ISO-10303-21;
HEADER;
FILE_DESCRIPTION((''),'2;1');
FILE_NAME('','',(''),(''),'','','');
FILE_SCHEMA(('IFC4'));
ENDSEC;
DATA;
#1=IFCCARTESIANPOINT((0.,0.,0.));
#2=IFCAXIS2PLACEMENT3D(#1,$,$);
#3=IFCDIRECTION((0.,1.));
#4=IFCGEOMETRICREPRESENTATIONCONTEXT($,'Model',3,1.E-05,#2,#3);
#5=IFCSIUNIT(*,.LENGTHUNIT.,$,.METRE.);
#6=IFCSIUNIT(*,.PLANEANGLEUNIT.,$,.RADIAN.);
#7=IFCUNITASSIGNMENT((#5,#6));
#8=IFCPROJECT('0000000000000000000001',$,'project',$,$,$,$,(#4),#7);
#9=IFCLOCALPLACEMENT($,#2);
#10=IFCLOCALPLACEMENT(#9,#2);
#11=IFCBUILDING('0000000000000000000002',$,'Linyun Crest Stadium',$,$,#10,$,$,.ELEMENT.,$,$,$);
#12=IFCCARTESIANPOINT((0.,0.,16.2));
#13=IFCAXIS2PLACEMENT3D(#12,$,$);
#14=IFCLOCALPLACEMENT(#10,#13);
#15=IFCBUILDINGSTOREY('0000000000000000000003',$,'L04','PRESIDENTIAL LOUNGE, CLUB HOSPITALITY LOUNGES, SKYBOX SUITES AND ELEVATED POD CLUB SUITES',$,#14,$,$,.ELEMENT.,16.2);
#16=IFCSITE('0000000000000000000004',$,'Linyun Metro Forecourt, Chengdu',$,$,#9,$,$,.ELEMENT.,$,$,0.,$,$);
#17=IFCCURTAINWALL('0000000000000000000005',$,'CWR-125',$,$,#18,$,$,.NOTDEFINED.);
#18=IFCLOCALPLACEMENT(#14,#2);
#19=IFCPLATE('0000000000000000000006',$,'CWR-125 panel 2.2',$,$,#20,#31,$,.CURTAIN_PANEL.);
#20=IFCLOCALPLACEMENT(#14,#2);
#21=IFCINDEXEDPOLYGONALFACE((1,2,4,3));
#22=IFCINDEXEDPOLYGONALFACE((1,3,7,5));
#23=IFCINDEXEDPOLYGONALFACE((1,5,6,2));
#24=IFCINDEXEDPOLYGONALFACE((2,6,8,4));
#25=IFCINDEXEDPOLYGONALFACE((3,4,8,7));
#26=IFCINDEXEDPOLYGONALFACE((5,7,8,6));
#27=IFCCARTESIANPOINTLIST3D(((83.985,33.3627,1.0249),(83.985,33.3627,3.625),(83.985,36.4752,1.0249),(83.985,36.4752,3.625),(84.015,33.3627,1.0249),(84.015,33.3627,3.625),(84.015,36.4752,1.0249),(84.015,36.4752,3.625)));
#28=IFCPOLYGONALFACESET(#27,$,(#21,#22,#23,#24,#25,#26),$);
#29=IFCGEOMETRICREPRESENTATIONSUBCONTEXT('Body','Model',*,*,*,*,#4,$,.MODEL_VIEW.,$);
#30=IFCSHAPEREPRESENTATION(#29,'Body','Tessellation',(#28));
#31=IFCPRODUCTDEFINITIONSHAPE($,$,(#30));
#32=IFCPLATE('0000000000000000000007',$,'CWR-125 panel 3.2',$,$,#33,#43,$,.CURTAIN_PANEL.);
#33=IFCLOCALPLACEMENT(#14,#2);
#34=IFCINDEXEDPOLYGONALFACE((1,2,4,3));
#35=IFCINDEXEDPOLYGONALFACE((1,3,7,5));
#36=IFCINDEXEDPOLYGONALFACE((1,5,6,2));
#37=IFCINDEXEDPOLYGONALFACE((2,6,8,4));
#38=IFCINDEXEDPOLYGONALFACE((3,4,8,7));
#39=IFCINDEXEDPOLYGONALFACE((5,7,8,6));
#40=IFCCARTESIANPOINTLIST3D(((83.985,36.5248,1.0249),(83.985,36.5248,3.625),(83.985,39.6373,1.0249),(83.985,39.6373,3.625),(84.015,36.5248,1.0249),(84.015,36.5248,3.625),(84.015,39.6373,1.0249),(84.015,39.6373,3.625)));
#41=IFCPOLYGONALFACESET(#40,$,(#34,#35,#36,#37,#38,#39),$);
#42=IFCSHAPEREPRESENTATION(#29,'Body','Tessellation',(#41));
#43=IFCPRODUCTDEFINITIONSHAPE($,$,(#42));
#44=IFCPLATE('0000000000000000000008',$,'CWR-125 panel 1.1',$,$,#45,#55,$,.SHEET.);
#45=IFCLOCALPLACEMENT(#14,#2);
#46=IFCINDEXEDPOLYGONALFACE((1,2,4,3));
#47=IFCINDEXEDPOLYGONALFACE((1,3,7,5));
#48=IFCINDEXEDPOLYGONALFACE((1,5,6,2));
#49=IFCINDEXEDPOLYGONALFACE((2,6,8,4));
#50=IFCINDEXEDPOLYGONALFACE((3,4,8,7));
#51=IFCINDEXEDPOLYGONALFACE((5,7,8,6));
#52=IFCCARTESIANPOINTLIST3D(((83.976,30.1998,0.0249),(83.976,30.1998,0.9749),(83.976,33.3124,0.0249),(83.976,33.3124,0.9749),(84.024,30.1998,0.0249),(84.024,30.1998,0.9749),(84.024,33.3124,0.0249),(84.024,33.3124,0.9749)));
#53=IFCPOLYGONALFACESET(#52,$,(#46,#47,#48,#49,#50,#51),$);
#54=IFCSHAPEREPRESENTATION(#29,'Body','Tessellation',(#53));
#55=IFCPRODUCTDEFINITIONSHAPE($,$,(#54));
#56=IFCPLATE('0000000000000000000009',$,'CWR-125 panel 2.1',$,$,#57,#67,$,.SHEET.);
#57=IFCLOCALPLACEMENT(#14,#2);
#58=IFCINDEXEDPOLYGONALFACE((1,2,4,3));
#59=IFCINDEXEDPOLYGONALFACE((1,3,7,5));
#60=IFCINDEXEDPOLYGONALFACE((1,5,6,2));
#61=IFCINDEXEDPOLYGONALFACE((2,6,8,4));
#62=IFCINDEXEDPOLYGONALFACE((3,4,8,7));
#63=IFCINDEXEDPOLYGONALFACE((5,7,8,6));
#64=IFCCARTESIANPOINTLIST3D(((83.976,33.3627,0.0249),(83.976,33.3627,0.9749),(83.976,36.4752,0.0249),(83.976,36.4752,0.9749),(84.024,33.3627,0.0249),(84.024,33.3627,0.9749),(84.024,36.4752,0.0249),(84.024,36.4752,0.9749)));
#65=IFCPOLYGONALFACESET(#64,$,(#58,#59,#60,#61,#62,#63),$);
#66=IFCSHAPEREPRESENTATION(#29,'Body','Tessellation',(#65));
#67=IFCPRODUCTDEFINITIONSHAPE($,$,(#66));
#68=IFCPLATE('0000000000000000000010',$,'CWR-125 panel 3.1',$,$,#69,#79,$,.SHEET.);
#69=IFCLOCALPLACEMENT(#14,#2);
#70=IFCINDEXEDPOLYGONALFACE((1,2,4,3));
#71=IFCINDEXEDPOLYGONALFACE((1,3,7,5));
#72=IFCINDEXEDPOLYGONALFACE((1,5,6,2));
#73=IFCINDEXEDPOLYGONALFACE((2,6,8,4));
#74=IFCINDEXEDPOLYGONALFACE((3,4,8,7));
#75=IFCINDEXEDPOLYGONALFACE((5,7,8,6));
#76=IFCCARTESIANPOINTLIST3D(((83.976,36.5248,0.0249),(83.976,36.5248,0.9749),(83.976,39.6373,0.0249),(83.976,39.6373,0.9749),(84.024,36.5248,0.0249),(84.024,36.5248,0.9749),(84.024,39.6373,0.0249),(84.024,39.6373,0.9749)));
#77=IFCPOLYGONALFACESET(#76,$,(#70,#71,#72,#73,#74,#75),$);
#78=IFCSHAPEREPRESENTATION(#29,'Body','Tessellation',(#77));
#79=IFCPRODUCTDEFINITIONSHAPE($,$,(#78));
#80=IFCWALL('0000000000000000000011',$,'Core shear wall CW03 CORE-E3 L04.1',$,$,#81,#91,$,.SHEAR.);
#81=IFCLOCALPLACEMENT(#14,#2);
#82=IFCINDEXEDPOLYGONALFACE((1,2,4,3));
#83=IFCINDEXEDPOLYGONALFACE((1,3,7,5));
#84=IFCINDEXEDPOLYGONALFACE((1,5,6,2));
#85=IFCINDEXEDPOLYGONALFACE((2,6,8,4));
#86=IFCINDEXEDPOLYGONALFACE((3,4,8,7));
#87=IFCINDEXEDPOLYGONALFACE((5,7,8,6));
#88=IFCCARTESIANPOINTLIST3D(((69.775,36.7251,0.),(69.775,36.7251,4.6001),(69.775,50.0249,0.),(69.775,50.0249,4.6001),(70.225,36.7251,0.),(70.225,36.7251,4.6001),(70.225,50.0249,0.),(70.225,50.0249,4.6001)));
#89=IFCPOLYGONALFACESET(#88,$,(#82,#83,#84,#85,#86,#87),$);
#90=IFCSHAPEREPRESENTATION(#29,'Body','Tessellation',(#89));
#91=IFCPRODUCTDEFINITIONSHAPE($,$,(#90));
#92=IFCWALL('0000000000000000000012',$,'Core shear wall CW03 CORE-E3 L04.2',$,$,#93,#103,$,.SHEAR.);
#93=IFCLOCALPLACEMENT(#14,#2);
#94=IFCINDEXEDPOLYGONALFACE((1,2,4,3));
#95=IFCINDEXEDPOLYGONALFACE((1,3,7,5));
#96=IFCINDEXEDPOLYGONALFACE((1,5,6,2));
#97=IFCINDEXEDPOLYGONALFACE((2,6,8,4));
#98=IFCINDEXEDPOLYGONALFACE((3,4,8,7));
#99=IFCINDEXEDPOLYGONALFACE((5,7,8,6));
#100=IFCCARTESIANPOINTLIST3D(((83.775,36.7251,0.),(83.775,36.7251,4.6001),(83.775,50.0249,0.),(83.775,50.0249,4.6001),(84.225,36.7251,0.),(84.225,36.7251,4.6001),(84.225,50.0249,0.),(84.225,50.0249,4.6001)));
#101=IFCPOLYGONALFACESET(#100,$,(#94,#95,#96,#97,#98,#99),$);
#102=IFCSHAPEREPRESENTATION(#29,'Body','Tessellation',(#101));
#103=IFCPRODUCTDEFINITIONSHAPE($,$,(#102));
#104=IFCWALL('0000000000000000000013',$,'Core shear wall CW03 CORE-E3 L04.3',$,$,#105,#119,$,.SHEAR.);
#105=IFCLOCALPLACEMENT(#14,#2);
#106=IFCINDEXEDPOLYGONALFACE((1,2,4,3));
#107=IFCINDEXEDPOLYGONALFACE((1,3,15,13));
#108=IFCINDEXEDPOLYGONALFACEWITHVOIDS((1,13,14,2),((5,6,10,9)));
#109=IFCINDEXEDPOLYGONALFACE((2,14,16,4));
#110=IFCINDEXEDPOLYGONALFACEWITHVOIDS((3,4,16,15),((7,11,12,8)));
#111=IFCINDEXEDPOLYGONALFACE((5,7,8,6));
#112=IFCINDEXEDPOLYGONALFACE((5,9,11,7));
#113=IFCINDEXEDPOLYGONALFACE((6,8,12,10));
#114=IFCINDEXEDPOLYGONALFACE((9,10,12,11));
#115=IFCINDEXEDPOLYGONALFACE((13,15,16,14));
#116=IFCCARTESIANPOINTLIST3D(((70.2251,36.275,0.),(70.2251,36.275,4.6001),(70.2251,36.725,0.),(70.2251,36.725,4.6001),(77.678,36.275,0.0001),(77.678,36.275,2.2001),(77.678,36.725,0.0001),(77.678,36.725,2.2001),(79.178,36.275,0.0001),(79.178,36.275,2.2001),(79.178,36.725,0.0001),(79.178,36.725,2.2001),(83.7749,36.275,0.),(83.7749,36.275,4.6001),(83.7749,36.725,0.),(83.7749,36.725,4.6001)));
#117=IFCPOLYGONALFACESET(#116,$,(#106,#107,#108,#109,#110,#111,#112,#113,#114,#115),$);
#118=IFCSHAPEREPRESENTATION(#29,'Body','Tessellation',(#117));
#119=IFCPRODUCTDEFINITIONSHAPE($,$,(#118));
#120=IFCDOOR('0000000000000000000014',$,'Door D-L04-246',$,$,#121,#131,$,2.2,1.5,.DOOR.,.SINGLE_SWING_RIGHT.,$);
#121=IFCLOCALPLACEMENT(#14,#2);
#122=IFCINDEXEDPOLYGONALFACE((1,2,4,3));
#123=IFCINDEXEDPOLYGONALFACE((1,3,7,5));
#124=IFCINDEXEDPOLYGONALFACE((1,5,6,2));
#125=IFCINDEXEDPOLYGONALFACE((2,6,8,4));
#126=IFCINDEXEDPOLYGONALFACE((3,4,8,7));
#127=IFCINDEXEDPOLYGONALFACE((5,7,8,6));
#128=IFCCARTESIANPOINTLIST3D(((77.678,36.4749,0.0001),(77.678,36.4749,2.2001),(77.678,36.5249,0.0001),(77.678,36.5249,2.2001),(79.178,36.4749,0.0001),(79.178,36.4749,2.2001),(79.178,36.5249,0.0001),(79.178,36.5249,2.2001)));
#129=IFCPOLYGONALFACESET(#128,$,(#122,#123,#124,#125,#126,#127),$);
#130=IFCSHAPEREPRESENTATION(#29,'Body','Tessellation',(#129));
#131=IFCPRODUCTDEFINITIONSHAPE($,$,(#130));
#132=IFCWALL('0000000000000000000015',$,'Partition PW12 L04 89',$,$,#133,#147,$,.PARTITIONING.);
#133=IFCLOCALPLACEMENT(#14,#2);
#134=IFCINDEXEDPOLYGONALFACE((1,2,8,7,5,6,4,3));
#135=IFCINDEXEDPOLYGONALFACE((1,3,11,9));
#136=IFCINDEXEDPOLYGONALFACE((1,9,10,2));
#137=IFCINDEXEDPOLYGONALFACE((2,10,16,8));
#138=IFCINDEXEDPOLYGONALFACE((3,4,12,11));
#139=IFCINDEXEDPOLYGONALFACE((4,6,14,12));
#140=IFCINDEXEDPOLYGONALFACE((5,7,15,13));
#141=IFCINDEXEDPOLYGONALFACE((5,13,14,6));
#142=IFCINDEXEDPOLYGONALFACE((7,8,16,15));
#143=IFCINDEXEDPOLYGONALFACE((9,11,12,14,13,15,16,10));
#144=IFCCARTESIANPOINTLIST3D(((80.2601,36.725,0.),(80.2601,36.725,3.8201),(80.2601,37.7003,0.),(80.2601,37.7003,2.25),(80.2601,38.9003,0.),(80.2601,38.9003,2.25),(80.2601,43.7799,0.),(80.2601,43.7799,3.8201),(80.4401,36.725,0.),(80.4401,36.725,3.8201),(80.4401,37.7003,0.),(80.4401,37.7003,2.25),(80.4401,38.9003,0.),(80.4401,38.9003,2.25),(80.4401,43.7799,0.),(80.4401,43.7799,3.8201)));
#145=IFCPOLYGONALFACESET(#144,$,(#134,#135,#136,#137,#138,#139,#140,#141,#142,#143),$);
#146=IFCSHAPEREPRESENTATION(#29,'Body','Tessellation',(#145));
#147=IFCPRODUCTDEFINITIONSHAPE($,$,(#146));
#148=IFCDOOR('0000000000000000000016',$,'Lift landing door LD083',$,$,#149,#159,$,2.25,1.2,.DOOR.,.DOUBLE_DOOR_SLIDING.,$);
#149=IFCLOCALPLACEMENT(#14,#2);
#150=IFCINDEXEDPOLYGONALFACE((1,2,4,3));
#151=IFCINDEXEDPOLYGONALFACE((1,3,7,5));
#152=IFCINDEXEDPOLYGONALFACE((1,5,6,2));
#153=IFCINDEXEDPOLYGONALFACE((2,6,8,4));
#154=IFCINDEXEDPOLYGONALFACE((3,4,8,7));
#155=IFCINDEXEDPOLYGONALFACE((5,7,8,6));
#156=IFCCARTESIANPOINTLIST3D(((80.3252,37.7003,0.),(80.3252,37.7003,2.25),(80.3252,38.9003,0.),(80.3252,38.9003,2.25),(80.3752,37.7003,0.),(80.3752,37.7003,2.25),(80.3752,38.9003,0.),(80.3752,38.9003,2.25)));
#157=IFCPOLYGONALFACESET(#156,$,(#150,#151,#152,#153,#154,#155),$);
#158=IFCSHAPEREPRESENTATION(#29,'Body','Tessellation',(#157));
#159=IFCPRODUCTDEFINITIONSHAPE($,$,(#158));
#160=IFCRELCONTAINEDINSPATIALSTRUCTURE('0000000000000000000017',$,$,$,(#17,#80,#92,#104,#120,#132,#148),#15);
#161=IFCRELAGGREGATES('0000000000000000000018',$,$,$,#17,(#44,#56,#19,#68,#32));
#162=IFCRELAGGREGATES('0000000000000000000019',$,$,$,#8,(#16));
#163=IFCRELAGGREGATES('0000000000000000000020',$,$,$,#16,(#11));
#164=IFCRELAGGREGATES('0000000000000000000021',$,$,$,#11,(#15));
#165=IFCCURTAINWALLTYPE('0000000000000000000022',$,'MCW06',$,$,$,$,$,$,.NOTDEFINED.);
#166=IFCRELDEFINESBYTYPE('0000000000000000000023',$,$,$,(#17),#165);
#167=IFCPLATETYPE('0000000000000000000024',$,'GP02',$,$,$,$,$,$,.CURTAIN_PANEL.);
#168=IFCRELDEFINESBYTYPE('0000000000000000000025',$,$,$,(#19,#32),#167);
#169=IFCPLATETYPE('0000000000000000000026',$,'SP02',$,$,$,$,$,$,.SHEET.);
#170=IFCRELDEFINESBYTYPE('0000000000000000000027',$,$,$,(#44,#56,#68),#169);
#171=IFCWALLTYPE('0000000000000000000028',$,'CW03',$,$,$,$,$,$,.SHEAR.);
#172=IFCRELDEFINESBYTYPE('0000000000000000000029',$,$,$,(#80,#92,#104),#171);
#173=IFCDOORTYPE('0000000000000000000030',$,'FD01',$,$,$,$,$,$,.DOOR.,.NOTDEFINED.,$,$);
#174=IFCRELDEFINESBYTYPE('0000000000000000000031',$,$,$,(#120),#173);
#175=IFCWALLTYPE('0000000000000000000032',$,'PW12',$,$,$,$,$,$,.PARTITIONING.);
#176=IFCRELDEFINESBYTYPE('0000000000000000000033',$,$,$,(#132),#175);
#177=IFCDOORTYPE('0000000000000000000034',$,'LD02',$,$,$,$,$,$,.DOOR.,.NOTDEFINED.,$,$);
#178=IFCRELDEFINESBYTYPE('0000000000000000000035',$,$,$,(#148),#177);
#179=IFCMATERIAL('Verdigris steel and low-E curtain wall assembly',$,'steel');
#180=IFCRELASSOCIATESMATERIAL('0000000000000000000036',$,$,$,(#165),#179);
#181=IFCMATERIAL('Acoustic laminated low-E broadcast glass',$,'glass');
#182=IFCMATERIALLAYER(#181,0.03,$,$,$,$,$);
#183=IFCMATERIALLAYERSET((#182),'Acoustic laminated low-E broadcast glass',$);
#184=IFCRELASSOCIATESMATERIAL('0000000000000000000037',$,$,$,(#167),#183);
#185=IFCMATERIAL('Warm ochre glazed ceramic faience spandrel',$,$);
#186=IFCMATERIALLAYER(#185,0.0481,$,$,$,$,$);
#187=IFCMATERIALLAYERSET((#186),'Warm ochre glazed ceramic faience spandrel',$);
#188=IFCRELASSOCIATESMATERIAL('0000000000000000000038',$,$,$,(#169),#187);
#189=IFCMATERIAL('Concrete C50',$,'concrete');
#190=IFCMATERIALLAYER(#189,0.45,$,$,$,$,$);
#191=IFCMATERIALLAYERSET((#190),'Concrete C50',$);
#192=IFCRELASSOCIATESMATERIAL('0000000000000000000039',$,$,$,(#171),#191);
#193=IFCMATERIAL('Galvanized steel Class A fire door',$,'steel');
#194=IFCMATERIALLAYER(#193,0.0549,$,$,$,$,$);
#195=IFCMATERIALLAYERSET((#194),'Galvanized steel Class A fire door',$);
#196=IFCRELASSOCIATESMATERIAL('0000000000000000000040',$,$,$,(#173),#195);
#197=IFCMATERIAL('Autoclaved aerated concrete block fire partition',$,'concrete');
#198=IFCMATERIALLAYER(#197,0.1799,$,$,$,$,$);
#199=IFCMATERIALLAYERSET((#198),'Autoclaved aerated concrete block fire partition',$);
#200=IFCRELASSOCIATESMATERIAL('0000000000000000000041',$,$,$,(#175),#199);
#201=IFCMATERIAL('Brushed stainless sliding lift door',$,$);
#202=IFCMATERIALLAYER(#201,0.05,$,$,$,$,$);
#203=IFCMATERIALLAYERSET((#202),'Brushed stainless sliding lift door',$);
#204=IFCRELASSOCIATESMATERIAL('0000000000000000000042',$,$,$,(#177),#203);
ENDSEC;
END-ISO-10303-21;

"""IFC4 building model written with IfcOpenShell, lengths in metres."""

from ifc_helpers import new_model, si_unit, direction, frame, frame_2d, origin, origin_2d, place, context, subcontext, project, spatial, rectangle, extrude, material, layer, layer_set, type_object, element, fill, aggregate, save


model = new_model("IFC4")

# Units and contexts
model_context = context("Model", 3, precision=1e-05, world=origin(), true_north=direction((0.0, 1.0)))
body_context = subcontext(model_context, "Body", "Model", "MODEL_VIEW")
ifc_project = project(units=[si_unit("LENGTHUNIT", "METRE"), si_unit("PLANEANGLEUNIT", "RADIAN")], contexts=[model_context])

# Site, building, storey
site_placement = place(None, origin())
site = spatial("IfcSite", under=ifc_project, at=site_placement, Name="Linyun Metro Forecourt, Chengdu", CompositionType="ELEMENT", RefElevation=0.0)
building_placement = place(site_placement, origin())
building = spatial("IfcBuilding", under=site, at=building_placement, Name="Linyun Crest Stadium", CompositionType="ELEMENT")
storey_placement = place(building_placement, frame((0.0, 0.0, 16.2)))
storey = spatial("IfcBuildingStorey", under=building, at=storey_placement, Name="L04", Description="PRESIDENTIAL LOUNGE, CLUB HOSPITALITY LOUNGES, SKYBOX SUITES AND ELEVATED POD CLUB SUITES", CompositionType="ELEMENT", Elevation=16.2)

# Curtain wall, plates
ifc_material_1 = material(Name="Verdigris steel and low-E curtain wall assembly", Category="steel")
curtain_wall_type = type_object("IfcCurtainWallType", Name="MCW06", PredefinedType="NOTDEFINED", material=ifc_material_1)
curtain_wall_placement = place(storey_placement, origin())
curtain_wall = element("IfcCurtainWall", 1, at=curtain_wall_placement, inside=storey, type_object=curtain_wall_type, Name="CWR-125", PredefinedType="NOTDEFINED")
ifc_material_2 = material(Name="Acoustic laminated low-E broadcast glass", Category="glass")
ifc_layer_1 = layer(ifc_material_2, 0.03)
ifc_layer_set_1 = layer_set([ifc_layer_1], Name="Acoustic laminated low-E broadcast glass")
plate_type_1 = type_object("IfcPlateType", Name="GP02", PredefinedType="CURTAIN_PANEL", material=ifc_layer_set_1)
plate_1_placement = place(storey_placement, frame((84.0, 34.9189, 1.0249), z_axis=(0.0, 0.0, 1.0), x_axis=(0.0, 1.0, 0.0)))
plate_1 = element("IfcPlate", 2, at=plate_1_placement, type_object=plate_type_1, Name="CWR-125 panel 2.2", PredefinedType="CURTAIN_PANEL", context=body_context, shape_type="SweptSolid", body=[
    extrude(rectangle(XDim=3.1125, YDim=0.03, at=origin_2d()), origin(), (0.0, 0.0, 1.0), 2.6001),
])
plate_2_placement = place(storey_placement, frame((84.0, 38.0811, 1.0249), z_axis=(0.0, 0.0, 1.0), x_axis=(0.0, 1.0, 0.0)))
plate_2 = element("IfcPlate", 3, at=plate_2_placement, type_object=plate_type_1, Name="CWR-125 panel 3.2", PredefinedType="CURTAIN_PANEL", context=body_context, shape_type="SweptSolid", body=[
    extrude(rectangle(XDim=3.1125, YDim=0.03, at=origin_2d()), origin(), (0.0, 0.0, 1.0), 2.6001),
])
ifc_material_3 = material(Name="Warm ochre glazed ceramic faience spandrel")
ifc_layer_2 = layer(ifc_material_3, 0.0481)
ifc_layer_set_2 = layer_set([ifc_layer_2], Name="Warm ochre glazed ceramic faience spandrel")
plate_type_2 = type_object("IfcPlateType", Name="SP02", PredefinedType="SHEET", material=ifc_layer_set_2)
plate_3_placement = place(storey_placement, frame((84.0, 31.7561, 0.0249), z_axis=(0.0, 0.0, 1.0), x_axis=(0.0, 1.0, 0.0)))
plate_3 = element("IfcPlate", 4, at=plate_3_placement, type_object=plate_type_2, Name="CWR-125 panel 1.1", PredefinedType="SHEET", context=body_context, shape_type="SweptSolid", body=[
    extrude(rectangle(XDim=3.1125, YDim=0.0481, at=origin_2d()), origin(), (0.0, 0.0, 1.0), 0.95),
])
plate_4_placement = place(storey_placement, frame((84.0, 34.9189, 0.0249), z_axis=(0.0, 0.0, 1.0), x_axis=(0.0, 1.0, 0.0)))
plate_4 = element("IfcPlate", 5, at=plate_4_placement, type_object=plate_type_2, Name="CWR-125 panel 2.1", PredefinedType="SHEET", context=body_context, shape_type="SweptSolid", body=[
    extrude(rectangle(XDim=3.1125, YDim=0.0481, at=origin_2d()), origin(), (0.0, 0.0, 1.0), 0.95),
])
plate_5_placement = place(storey_placement, frame((84.0, 38.0811, 0.0249), z_axis=(0.0, 0.0, 1.0), x_axis=(0.0, 1.0, 0.0)))
plate_5 = element("IfcPlate", 6, at=plate_5_placement, type_object=plate_type_2, Name="CWR-125 panel 3.1", PredefinedType="SHEET", context=body_context, shape_type="SweptSolid", body=[
    extrude(rectangle(XDim=3.1125, YDim=0.0481, at=origin_2d()), origin(), (0.0, 0.0, 1.0), 0.95),
])
aggregate(curtain_wall, [plate_3, plate_4, plate_1, plate_5, plate_2])

# Walls
ifc_material_4 = material(Name="Concrete C50", Category="concrete")
ifc_layer_3 = layer(ifc_material_4, 0.45)
ifc_layer_set_3 = layer_set([ifc_layer_3], Name="Concrete C50")
wall_type_1 = type_object("IfcWallType", Name="CW03", PredefinedType="SHEAR", material=ifc_layer_set_3)
for number, where, z_axis, x_axis, name in (
    (7, (70.0, 36.7251, 0.0), (0.0, 0.0, 1.0), (0.0, 1.0, 0.0), "Core shear wall CW03 CORE-E3 L04.1"),
    (8, (84.0, 36.7251, 0.0), (0.0, 0.0, 1.0), (0.0, 1.0, 0.0), "Core shear wall CW03 CORE-E3 L04.2"),
):
    element("IfcWall", number, at=place(storey_placement, frame(where, z_axis=z_axis, x_axis=x_axis)), inside=storey, type_object=wall_type_1, Name=name, PredefinedType="SHEAR", context=body_context, shape_type="SweptSolid", body=[
        extrude(rectangle(XDim=13.2998, YDim=0.45, at=frame_2d((6.6499, 0.0))), origin(), (0.0, 0.0, 1.0), 4.6001),
    ])

# Walls, openings, doors
wall_1_placement = place(storey_placement, frame((70.2251, 36.5, 0.0), z_axis=(0.0, 0.0, 1.0), x_axis=(1.0, 0.0, 0.0)))
wall_1 = element("IfcWall", 9, at=wall_1_placement, inside=storey, type_object=wall_type_1, Name="Core shear wall CW03 CORE-E3 L04.3", PredefinedType="SHEAR", context=body_context, shape_type="SweptSolid", body=[
    extrude(rectangle(XDim=13.5498, YDim=0.45, at=frame_2d((6.7749, 0.0))), origin(), (0.0, 0.0, 1.0), 4.6001),
])
opening_1_placement = place(wall_1_placement, frame((7.4529, 0.0, 0.0)))
opening_1 = element("IfcOpeningElement", 10, at=opening_1_placement, cuts=wall_1, PredefinedType="OPENING", context=body_context, shape_type="SweptSolid", body=[
    extrude(rectangle(XDim=1.5, YDim=2.2, at=frame_2d((0.75, 1.1001))), frame((0.0, 0.2349, 0.0), z_axis=(0.0, -1.0, 0.0), x_axis=(1.0, 0.0, 0.0)), (0.0, 0.0, 1.0), 0.47),
])
ifc_material_5 = material(Name="Galvanized steel Class A fire door", Category="steel")
ifc_layer_4 = layer(ifc_material_5, 0.0549)
ifc_layer_set_4 = layer_set([ifc_layer_4], Name="Galvanized steel Class A fire door")
door_type_1 = type_object("IfcDoorType", Name="FD01", OperationType="NOTDEFINED", PredefinedType="DOOR", material=ifc_layer_set_4)
door_1_placement = place(opening_1_placement, origin())
door_1 = element("IfcDoor", 11, at=door_1_placement, inside=storey, type_object=door_type_1, Name="Door D-L04-246", OperationType="SINGLE_SWING_RIGHT", OverallHeight=2.2, OverallWidth=1.5, PredefinedType="DOOR", context=body_context, shape_type="SweptSolid", body=[
    extrude(rectangle(XDim=1.5, YDim=2.2, at=frame_2d((0.75, 1.1001))), frame((0.0, 0.0249, 0.0), z_axis=(0.0, -1.0, 0.0), x_axis=(1.0, 0.0, 0.0)), (0.0, 0.0, 1.0), 0.05),
])
fill(opening_1, door_1)
ifc_material_6 = material(Name="Autoclaved aerated concrete block fire partition", Category="concrete")
ifc_layer_5 = layer(ifc_material_6, 0.1799)
ifc_layer_set_5 = layer_set([ifc_layer_5], Name="Autoclaved aerated concrete block fire partition")
wall_type_2 = type_object("IfcWallType", Name="PW12", PredefinedType="PARTITIONING", material=ifc_layer_set_5)
wall_2_placement = place(storey_placement, frame((80.3501, 36.7251, 0.0), z_axis=(0.0, 0.0, 1.0), x_axis=(0.0, 1.0, 0.0)))
wall_2 = element("IfcWall", 12, at=wall_2_placement, inside=storey, type_object=wall_type_2, Name="Partition PW12 L04 89", PredefinedType="PARTITIONING", context=body_context, shape_type="SweptSolid", body=[
    extrude(rectangle(XDim=7.0549, YDim=0.1799, at=frame_2d((3.5273, 0.0))), origin(), (0.0, 0.0, 1.0), 3.8201),
])
opening_2_placement = place(wall_2_placement, frame((0.9751, 0.0, 0.0)))
opening_2 = element("IfcOpeningElement", 13, at=opening_2_placement, cuts=wall_2, PredefinedType="OPENING", context=body_context, shape_type="SweptSolid", body=[
    extrude(rectangle(XDim=1.2, YDim=2.25, at=frame_2d((0.6001, 1.125))), frame((0.0, 0.0999, 0.0), z_axis=(0.0, -1.0, 0.0), x_axis=(1.0, 0.0, 0.0)), (0.0, 0.0, 1.0), 0.2),
])
ifc_material_7 = material(Name="Brushed stainless sliding lift door")
ifc_layer_6 = layer(ifc_material_7, 0.05)
ifc_layer_set_6 = layer_set([ifc_layer_6], Name="Brushed stainless sliding lift door")
door_type_2 = type_object("IfcDoorType", Name="LD02", OperationType="NOTDEFINED", PredefinedType="DOOR", material=ifc_layer_set_6)
door_2_placement = place(opening_2_placement, origin())
door_2 = element("IfcDoor", 14, at=door_2_placement, inside=storey, type_object=door_type_2, Name="Lift landing door LD083", OperationType="DOUBLE_DOOR_SLIDING", OverallHeight=2.25, OverallWidth=1.2, PredefinedType="DOOR", context=body_context, shape_type="SweptSolid", body=[
    extrude(rectangle(XDim=1.2, YDim=2.25, at=frame_2d((0.6001, 1.125))), frame((0.0, 0.0249, 0.0), z_axis=(0.0, -1.0, 0.0), x_axis=(1.0, 0.0, 0.0)), (0.0, 0.0, 1.0), 0.05),
])
fill(opening_2, door_2)

save(model, "model.ifc")
